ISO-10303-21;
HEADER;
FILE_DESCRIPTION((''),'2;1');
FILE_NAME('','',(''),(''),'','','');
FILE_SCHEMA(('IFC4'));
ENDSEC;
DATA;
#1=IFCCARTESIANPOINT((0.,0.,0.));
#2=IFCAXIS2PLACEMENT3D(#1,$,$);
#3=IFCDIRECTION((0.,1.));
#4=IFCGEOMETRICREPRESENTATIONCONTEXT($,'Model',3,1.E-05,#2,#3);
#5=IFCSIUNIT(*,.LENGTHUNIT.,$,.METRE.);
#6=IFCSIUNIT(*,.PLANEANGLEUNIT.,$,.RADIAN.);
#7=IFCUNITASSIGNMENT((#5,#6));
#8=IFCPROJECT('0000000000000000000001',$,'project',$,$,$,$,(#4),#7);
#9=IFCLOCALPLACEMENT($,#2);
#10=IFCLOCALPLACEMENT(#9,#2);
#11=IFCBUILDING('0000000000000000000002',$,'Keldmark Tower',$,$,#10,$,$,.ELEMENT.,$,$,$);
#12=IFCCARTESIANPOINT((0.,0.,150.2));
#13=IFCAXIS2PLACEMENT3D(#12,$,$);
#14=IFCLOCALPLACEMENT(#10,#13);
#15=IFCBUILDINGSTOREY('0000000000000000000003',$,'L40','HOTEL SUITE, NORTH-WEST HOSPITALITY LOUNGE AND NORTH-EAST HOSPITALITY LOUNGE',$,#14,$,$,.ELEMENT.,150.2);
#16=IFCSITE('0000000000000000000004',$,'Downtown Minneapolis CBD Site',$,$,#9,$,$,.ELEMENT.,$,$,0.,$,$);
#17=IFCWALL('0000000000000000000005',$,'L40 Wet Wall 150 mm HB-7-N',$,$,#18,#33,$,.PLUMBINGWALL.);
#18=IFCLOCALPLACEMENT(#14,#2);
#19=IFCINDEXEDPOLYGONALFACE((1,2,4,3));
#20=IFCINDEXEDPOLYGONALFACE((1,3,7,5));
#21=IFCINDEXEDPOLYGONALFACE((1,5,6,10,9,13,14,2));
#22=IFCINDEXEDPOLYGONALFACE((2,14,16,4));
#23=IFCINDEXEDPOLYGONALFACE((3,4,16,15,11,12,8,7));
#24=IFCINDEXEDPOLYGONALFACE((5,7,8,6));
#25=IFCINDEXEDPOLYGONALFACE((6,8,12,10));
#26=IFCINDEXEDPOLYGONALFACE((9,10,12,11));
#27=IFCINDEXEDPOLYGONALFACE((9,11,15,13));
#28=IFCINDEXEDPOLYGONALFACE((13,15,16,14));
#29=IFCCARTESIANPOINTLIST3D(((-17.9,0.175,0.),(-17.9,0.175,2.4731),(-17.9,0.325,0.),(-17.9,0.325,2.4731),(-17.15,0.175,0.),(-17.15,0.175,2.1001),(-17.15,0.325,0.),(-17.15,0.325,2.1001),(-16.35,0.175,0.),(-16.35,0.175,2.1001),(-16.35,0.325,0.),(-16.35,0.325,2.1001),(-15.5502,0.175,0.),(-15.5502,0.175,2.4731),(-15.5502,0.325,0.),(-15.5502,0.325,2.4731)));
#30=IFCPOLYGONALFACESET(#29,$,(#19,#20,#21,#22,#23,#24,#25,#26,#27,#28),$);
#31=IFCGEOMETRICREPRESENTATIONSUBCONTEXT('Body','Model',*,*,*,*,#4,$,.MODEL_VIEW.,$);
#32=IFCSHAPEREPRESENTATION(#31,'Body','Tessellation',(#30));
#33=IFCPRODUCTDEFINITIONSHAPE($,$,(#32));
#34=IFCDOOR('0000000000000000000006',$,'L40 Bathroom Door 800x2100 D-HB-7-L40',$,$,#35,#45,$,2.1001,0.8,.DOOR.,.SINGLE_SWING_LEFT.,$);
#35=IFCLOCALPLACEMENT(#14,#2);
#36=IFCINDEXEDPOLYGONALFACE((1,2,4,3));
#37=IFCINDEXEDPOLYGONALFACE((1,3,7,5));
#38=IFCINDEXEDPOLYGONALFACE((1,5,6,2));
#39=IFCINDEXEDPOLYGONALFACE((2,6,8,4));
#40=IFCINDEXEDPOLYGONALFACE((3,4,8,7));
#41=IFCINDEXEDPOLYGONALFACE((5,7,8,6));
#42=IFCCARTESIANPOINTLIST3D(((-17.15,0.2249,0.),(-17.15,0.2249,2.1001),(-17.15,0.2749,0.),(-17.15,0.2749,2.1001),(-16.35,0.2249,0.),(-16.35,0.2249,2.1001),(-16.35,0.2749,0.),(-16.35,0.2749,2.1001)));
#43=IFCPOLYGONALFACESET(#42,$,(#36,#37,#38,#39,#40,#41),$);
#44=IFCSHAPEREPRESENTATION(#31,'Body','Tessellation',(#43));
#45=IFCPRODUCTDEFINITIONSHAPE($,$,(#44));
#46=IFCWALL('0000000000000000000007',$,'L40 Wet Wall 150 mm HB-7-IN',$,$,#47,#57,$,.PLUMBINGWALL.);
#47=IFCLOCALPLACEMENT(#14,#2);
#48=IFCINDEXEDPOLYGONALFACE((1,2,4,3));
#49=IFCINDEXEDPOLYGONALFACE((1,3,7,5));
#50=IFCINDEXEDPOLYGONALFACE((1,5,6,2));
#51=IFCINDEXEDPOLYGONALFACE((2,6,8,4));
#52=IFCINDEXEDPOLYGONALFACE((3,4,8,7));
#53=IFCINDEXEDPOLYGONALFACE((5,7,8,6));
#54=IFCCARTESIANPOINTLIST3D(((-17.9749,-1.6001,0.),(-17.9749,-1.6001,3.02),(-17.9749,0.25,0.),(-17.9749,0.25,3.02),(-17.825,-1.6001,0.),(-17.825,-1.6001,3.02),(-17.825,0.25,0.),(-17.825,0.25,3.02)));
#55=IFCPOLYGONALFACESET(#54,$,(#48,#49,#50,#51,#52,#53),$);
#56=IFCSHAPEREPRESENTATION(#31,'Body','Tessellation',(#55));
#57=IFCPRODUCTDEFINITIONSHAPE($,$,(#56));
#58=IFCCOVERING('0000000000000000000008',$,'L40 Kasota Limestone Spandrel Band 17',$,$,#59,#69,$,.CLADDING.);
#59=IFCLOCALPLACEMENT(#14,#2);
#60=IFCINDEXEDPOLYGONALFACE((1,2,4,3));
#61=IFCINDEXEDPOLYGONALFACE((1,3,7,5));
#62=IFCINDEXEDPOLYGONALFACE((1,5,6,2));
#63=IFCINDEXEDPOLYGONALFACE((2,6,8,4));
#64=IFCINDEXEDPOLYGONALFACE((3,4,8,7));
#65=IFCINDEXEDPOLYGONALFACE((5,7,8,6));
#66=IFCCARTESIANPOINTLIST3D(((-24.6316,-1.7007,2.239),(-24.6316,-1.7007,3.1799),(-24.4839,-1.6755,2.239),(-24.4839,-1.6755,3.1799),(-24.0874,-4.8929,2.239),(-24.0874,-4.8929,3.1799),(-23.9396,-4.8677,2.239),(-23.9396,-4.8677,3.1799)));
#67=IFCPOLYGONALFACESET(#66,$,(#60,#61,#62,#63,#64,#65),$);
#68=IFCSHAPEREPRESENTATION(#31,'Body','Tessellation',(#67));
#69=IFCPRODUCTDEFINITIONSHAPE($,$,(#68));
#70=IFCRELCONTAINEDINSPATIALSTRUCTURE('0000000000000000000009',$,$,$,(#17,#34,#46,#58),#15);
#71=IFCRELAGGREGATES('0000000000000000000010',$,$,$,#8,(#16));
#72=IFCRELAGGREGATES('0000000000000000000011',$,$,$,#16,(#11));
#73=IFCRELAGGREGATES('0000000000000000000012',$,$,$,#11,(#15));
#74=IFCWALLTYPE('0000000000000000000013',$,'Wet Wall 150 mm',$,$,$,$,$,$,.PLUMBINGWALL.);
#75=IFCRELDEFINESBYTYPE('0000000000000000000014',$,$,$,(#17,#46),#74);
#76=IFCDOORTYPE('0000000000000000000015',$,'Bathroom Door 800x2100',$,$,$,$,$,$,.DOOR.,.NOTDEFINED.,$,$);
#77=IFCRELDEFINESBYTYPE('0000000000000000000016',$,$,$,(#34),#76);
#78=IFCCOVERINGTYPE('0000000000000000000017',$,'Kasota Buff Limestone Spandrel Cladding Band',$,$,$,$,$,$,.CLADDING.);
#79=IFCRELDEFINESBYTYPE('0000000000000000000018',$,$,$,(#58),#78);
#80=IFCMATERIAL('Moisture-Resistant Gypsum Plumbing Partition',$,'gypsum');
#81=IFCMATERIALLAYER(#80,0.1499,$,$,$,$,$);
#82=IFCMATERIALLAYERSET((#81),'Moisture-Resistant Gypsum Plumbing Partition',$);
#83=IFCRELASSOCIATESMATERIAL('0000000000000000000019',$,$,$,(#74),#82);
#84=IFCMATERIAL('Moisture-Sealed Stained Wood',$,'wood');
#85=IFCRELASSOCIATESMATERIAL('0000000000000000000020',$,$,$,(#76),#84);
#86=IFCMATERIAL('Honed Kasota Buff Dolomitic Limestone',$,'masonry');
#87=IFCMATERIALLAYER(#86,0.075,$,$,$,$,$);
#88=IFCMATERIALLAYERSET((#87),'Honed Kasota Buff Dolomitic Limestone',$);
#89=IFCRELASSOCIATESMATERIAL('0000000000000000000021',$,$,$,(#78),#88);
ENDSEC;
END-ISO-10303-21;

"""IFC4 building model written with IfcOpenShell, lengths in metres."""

from ifc_helpers import new_model, si_unit, direction, frame, frame_2d, origin, origin_2d, place, context, subcontext, project, spatial, rectangle, extrude, material, layer, layer_set, type_object, element, fill, save


model = new_model("IFC4")

# Units and contexts
model_context = context("Model", 3, precision=1e-05, world=origin(), true_north=direction((0.0, 1.0)))
body_context = subcontext(model_context, "Body", "Model", "MODEL_VIEW")
ifc_project = project(units=[si_unit("LENGTHUNIT", "METRE"), si_unit("PLANEANGLEUNIT", "RADIAN")], contexts=[model_context])

# Site, building, storey
site_placement = place(None, origin())
site = spatial("IfcSite", under=ifc_project, at=site_placement, Name="Downtown Minneapolis CBD Site", CompositionType="ELEMENT", RefElevation=0.0)
building_placement = place(site_placement, origin())
building = spatial("IfcBuilding", under=site, at=building_placement, Name="Keldmark Tower", CompositionType="ELEMENT")
storey_placement = place(building_placement, frame((0.0, 0.0, 150.2)))
storey = spatial("IfcBuildingStorey", under=building, at=storey_placement, Name="L40", Description="HOTEL SUITE, NORTH-WEST HOSPITALITY LOUNGE AND NORTH-EAST HOSPITALITY LOUNGE", CompositionType="ELEMENT", Elevation=150.2)

# Shared definitions
ifc_material_1 = material(Name="Moisture-Resistant Gypsum Plumbing Partition", Category="gypsum")
ifc_layer_1 = layer(ifc_material_1, 0.1499)
ifc_layer_set_1 = layer_set([ifc_layer_1], Name="Moisture-Resistant Gypsum Plumbing Partition")
wall_type_1 = type_object("IfcWallType", Name="Wet Wall 150 mm", PredefinedType="PLUMBINGWALL", material=ifc_layer_set_1)

# Wall, opening, door
wall_1_placement = place(storey_placement, frame((-17.8999, 0.25, 0.0), z_axis=(0.0, 0.0, 1.0), x_axis=(1.0, 0.0, 0.0)))
wall_1 = element("IfcWall", 1, at=wall_1_placement, inside=storey, type_object=wall_type_1, Name="L40 Wet Wall 150 mm HB-7-N", PredefinedType="PLUMBINGWALL", context=body_context, shape_type="SweptSolid", body=[
    extrude(rectangle(XDim=2.3499, YDim=0.1499, at=frame_2d((1.1748, 0.0))), origin(), (0.0, 0.0, 1.0), 2.4731),
])
opening_1_placement = place(wall_1_placement, frame((0.75, 0.0, 0.0)))
opening_1 = element("IfcOpeningElement", 2, at=opening_1_placement, cuts=wall_1, PredefinedType="OPENING", context=body_context, shape_type="SweptSolid", body=[
    extrude(rectangle(XDim=0.8, YDim=2.1001, at=frame_2d((0.3999, 1.05))), frame((0.0, 0.085, 0.0), z_axis=(0.0, -1.0, 0.0), x_axis=(1.0, 0.0, 0.0)), (0.0, 0.0, 1.0), 0.1699),
])
ifc_material_2 = material(Name="Moisture-Sealed Stained Wood", Category="wood")
door_type = type_object("IfcDoorType", Name="Bathroom Door 800x2100", OperationType="NOTDEFINED", PredefinedType="DOOR", material=ifc_material_2)
door_placement = place(opening_1_placement, origin())
door = element("IfcDoor", 3, at=door_placement, inside=storey, type_object=door_type, Name="L40 Bathroom Door 800x2100 D-HB-7-L40", OperationType="SINGLE_SWING_LEFT", OverallHeight=2.1001, OverallWidth=0.8, PredefinedType="DOOR", context=body_context, shape_type="SweptSolid", body=[
    extrude(rectangle(XDim=0.8, YDim=2.1001, at=frame_2d((0.3999, 1.05))), frame((0.0, 0.0249, 0.0), z_axis=(0.0, -1.0, 0.0), x_axis=(1.0, 0.0, 0.0)), (0.0, 0.0, 1.0), 0.05),
])
fill(opening_1, door)

# Wall
wall_2_placement = place(storey_placement, frame((-17.8999, -1.6001, 0.0), z_axis=(0.0, 0.0, 1.0), x_axis=(0.0, 1.0, 0.0)))
element("IfcWall", 4, at=wall_2_placement, inside=storey, type_object=wall_type_1, Name="L40 Wet Wall 150 mm HB-7-IN", PredefinedType="PLUMBINGWALL", context=body_context, shape_type="SweptSolid", body=[
    extrude(rectangle(XDim=1.8501, YDim=0.1499, at=frame_2d((0.925, 0.0))), origin(), (0.0, 0.0, 1.0), 3.02),
])

# Covering
ifc_material_3 = material(Name="Honed Kasota Buff Dolomitic Limestone", Category="masonry")
ifc_layer_2 = layer(ifc_material_3, 0.075)
ifc_layer_set_2 = layer_set([ifc_layer_2], Name="Honed Kasota Buff Dolomitic Limestone")
covering_type = type_object("IfcCoveringType", Name="Kasota Buff Limestone Spandrel Cladding Band", PredefinedType="CLADDING", material=ifc_layer_set_2)
covering_placement = place(storey_placement, frame((-24.2856, -3.2842, 2.239), z_axis=(0.0, 0.0, 1.0), x_axis=(0.168059, -0.985777, 0.0)))
element("IfcCovering", 5, at=covering_placement, inside=storey, type_object=covering_type, Name="L40 Kasota Limestone Spandrel Band 17", PredefinedType="CLADDING", context=body_context, shape_type="SweptSolid", body=[
    extrude(rectangle(XDim=3.2383, YDim=0.1499, at=origin_2d()), origin(), (0.0, 0.0, 1.0), 0.9409),
])

save(model, "model.ifc")
